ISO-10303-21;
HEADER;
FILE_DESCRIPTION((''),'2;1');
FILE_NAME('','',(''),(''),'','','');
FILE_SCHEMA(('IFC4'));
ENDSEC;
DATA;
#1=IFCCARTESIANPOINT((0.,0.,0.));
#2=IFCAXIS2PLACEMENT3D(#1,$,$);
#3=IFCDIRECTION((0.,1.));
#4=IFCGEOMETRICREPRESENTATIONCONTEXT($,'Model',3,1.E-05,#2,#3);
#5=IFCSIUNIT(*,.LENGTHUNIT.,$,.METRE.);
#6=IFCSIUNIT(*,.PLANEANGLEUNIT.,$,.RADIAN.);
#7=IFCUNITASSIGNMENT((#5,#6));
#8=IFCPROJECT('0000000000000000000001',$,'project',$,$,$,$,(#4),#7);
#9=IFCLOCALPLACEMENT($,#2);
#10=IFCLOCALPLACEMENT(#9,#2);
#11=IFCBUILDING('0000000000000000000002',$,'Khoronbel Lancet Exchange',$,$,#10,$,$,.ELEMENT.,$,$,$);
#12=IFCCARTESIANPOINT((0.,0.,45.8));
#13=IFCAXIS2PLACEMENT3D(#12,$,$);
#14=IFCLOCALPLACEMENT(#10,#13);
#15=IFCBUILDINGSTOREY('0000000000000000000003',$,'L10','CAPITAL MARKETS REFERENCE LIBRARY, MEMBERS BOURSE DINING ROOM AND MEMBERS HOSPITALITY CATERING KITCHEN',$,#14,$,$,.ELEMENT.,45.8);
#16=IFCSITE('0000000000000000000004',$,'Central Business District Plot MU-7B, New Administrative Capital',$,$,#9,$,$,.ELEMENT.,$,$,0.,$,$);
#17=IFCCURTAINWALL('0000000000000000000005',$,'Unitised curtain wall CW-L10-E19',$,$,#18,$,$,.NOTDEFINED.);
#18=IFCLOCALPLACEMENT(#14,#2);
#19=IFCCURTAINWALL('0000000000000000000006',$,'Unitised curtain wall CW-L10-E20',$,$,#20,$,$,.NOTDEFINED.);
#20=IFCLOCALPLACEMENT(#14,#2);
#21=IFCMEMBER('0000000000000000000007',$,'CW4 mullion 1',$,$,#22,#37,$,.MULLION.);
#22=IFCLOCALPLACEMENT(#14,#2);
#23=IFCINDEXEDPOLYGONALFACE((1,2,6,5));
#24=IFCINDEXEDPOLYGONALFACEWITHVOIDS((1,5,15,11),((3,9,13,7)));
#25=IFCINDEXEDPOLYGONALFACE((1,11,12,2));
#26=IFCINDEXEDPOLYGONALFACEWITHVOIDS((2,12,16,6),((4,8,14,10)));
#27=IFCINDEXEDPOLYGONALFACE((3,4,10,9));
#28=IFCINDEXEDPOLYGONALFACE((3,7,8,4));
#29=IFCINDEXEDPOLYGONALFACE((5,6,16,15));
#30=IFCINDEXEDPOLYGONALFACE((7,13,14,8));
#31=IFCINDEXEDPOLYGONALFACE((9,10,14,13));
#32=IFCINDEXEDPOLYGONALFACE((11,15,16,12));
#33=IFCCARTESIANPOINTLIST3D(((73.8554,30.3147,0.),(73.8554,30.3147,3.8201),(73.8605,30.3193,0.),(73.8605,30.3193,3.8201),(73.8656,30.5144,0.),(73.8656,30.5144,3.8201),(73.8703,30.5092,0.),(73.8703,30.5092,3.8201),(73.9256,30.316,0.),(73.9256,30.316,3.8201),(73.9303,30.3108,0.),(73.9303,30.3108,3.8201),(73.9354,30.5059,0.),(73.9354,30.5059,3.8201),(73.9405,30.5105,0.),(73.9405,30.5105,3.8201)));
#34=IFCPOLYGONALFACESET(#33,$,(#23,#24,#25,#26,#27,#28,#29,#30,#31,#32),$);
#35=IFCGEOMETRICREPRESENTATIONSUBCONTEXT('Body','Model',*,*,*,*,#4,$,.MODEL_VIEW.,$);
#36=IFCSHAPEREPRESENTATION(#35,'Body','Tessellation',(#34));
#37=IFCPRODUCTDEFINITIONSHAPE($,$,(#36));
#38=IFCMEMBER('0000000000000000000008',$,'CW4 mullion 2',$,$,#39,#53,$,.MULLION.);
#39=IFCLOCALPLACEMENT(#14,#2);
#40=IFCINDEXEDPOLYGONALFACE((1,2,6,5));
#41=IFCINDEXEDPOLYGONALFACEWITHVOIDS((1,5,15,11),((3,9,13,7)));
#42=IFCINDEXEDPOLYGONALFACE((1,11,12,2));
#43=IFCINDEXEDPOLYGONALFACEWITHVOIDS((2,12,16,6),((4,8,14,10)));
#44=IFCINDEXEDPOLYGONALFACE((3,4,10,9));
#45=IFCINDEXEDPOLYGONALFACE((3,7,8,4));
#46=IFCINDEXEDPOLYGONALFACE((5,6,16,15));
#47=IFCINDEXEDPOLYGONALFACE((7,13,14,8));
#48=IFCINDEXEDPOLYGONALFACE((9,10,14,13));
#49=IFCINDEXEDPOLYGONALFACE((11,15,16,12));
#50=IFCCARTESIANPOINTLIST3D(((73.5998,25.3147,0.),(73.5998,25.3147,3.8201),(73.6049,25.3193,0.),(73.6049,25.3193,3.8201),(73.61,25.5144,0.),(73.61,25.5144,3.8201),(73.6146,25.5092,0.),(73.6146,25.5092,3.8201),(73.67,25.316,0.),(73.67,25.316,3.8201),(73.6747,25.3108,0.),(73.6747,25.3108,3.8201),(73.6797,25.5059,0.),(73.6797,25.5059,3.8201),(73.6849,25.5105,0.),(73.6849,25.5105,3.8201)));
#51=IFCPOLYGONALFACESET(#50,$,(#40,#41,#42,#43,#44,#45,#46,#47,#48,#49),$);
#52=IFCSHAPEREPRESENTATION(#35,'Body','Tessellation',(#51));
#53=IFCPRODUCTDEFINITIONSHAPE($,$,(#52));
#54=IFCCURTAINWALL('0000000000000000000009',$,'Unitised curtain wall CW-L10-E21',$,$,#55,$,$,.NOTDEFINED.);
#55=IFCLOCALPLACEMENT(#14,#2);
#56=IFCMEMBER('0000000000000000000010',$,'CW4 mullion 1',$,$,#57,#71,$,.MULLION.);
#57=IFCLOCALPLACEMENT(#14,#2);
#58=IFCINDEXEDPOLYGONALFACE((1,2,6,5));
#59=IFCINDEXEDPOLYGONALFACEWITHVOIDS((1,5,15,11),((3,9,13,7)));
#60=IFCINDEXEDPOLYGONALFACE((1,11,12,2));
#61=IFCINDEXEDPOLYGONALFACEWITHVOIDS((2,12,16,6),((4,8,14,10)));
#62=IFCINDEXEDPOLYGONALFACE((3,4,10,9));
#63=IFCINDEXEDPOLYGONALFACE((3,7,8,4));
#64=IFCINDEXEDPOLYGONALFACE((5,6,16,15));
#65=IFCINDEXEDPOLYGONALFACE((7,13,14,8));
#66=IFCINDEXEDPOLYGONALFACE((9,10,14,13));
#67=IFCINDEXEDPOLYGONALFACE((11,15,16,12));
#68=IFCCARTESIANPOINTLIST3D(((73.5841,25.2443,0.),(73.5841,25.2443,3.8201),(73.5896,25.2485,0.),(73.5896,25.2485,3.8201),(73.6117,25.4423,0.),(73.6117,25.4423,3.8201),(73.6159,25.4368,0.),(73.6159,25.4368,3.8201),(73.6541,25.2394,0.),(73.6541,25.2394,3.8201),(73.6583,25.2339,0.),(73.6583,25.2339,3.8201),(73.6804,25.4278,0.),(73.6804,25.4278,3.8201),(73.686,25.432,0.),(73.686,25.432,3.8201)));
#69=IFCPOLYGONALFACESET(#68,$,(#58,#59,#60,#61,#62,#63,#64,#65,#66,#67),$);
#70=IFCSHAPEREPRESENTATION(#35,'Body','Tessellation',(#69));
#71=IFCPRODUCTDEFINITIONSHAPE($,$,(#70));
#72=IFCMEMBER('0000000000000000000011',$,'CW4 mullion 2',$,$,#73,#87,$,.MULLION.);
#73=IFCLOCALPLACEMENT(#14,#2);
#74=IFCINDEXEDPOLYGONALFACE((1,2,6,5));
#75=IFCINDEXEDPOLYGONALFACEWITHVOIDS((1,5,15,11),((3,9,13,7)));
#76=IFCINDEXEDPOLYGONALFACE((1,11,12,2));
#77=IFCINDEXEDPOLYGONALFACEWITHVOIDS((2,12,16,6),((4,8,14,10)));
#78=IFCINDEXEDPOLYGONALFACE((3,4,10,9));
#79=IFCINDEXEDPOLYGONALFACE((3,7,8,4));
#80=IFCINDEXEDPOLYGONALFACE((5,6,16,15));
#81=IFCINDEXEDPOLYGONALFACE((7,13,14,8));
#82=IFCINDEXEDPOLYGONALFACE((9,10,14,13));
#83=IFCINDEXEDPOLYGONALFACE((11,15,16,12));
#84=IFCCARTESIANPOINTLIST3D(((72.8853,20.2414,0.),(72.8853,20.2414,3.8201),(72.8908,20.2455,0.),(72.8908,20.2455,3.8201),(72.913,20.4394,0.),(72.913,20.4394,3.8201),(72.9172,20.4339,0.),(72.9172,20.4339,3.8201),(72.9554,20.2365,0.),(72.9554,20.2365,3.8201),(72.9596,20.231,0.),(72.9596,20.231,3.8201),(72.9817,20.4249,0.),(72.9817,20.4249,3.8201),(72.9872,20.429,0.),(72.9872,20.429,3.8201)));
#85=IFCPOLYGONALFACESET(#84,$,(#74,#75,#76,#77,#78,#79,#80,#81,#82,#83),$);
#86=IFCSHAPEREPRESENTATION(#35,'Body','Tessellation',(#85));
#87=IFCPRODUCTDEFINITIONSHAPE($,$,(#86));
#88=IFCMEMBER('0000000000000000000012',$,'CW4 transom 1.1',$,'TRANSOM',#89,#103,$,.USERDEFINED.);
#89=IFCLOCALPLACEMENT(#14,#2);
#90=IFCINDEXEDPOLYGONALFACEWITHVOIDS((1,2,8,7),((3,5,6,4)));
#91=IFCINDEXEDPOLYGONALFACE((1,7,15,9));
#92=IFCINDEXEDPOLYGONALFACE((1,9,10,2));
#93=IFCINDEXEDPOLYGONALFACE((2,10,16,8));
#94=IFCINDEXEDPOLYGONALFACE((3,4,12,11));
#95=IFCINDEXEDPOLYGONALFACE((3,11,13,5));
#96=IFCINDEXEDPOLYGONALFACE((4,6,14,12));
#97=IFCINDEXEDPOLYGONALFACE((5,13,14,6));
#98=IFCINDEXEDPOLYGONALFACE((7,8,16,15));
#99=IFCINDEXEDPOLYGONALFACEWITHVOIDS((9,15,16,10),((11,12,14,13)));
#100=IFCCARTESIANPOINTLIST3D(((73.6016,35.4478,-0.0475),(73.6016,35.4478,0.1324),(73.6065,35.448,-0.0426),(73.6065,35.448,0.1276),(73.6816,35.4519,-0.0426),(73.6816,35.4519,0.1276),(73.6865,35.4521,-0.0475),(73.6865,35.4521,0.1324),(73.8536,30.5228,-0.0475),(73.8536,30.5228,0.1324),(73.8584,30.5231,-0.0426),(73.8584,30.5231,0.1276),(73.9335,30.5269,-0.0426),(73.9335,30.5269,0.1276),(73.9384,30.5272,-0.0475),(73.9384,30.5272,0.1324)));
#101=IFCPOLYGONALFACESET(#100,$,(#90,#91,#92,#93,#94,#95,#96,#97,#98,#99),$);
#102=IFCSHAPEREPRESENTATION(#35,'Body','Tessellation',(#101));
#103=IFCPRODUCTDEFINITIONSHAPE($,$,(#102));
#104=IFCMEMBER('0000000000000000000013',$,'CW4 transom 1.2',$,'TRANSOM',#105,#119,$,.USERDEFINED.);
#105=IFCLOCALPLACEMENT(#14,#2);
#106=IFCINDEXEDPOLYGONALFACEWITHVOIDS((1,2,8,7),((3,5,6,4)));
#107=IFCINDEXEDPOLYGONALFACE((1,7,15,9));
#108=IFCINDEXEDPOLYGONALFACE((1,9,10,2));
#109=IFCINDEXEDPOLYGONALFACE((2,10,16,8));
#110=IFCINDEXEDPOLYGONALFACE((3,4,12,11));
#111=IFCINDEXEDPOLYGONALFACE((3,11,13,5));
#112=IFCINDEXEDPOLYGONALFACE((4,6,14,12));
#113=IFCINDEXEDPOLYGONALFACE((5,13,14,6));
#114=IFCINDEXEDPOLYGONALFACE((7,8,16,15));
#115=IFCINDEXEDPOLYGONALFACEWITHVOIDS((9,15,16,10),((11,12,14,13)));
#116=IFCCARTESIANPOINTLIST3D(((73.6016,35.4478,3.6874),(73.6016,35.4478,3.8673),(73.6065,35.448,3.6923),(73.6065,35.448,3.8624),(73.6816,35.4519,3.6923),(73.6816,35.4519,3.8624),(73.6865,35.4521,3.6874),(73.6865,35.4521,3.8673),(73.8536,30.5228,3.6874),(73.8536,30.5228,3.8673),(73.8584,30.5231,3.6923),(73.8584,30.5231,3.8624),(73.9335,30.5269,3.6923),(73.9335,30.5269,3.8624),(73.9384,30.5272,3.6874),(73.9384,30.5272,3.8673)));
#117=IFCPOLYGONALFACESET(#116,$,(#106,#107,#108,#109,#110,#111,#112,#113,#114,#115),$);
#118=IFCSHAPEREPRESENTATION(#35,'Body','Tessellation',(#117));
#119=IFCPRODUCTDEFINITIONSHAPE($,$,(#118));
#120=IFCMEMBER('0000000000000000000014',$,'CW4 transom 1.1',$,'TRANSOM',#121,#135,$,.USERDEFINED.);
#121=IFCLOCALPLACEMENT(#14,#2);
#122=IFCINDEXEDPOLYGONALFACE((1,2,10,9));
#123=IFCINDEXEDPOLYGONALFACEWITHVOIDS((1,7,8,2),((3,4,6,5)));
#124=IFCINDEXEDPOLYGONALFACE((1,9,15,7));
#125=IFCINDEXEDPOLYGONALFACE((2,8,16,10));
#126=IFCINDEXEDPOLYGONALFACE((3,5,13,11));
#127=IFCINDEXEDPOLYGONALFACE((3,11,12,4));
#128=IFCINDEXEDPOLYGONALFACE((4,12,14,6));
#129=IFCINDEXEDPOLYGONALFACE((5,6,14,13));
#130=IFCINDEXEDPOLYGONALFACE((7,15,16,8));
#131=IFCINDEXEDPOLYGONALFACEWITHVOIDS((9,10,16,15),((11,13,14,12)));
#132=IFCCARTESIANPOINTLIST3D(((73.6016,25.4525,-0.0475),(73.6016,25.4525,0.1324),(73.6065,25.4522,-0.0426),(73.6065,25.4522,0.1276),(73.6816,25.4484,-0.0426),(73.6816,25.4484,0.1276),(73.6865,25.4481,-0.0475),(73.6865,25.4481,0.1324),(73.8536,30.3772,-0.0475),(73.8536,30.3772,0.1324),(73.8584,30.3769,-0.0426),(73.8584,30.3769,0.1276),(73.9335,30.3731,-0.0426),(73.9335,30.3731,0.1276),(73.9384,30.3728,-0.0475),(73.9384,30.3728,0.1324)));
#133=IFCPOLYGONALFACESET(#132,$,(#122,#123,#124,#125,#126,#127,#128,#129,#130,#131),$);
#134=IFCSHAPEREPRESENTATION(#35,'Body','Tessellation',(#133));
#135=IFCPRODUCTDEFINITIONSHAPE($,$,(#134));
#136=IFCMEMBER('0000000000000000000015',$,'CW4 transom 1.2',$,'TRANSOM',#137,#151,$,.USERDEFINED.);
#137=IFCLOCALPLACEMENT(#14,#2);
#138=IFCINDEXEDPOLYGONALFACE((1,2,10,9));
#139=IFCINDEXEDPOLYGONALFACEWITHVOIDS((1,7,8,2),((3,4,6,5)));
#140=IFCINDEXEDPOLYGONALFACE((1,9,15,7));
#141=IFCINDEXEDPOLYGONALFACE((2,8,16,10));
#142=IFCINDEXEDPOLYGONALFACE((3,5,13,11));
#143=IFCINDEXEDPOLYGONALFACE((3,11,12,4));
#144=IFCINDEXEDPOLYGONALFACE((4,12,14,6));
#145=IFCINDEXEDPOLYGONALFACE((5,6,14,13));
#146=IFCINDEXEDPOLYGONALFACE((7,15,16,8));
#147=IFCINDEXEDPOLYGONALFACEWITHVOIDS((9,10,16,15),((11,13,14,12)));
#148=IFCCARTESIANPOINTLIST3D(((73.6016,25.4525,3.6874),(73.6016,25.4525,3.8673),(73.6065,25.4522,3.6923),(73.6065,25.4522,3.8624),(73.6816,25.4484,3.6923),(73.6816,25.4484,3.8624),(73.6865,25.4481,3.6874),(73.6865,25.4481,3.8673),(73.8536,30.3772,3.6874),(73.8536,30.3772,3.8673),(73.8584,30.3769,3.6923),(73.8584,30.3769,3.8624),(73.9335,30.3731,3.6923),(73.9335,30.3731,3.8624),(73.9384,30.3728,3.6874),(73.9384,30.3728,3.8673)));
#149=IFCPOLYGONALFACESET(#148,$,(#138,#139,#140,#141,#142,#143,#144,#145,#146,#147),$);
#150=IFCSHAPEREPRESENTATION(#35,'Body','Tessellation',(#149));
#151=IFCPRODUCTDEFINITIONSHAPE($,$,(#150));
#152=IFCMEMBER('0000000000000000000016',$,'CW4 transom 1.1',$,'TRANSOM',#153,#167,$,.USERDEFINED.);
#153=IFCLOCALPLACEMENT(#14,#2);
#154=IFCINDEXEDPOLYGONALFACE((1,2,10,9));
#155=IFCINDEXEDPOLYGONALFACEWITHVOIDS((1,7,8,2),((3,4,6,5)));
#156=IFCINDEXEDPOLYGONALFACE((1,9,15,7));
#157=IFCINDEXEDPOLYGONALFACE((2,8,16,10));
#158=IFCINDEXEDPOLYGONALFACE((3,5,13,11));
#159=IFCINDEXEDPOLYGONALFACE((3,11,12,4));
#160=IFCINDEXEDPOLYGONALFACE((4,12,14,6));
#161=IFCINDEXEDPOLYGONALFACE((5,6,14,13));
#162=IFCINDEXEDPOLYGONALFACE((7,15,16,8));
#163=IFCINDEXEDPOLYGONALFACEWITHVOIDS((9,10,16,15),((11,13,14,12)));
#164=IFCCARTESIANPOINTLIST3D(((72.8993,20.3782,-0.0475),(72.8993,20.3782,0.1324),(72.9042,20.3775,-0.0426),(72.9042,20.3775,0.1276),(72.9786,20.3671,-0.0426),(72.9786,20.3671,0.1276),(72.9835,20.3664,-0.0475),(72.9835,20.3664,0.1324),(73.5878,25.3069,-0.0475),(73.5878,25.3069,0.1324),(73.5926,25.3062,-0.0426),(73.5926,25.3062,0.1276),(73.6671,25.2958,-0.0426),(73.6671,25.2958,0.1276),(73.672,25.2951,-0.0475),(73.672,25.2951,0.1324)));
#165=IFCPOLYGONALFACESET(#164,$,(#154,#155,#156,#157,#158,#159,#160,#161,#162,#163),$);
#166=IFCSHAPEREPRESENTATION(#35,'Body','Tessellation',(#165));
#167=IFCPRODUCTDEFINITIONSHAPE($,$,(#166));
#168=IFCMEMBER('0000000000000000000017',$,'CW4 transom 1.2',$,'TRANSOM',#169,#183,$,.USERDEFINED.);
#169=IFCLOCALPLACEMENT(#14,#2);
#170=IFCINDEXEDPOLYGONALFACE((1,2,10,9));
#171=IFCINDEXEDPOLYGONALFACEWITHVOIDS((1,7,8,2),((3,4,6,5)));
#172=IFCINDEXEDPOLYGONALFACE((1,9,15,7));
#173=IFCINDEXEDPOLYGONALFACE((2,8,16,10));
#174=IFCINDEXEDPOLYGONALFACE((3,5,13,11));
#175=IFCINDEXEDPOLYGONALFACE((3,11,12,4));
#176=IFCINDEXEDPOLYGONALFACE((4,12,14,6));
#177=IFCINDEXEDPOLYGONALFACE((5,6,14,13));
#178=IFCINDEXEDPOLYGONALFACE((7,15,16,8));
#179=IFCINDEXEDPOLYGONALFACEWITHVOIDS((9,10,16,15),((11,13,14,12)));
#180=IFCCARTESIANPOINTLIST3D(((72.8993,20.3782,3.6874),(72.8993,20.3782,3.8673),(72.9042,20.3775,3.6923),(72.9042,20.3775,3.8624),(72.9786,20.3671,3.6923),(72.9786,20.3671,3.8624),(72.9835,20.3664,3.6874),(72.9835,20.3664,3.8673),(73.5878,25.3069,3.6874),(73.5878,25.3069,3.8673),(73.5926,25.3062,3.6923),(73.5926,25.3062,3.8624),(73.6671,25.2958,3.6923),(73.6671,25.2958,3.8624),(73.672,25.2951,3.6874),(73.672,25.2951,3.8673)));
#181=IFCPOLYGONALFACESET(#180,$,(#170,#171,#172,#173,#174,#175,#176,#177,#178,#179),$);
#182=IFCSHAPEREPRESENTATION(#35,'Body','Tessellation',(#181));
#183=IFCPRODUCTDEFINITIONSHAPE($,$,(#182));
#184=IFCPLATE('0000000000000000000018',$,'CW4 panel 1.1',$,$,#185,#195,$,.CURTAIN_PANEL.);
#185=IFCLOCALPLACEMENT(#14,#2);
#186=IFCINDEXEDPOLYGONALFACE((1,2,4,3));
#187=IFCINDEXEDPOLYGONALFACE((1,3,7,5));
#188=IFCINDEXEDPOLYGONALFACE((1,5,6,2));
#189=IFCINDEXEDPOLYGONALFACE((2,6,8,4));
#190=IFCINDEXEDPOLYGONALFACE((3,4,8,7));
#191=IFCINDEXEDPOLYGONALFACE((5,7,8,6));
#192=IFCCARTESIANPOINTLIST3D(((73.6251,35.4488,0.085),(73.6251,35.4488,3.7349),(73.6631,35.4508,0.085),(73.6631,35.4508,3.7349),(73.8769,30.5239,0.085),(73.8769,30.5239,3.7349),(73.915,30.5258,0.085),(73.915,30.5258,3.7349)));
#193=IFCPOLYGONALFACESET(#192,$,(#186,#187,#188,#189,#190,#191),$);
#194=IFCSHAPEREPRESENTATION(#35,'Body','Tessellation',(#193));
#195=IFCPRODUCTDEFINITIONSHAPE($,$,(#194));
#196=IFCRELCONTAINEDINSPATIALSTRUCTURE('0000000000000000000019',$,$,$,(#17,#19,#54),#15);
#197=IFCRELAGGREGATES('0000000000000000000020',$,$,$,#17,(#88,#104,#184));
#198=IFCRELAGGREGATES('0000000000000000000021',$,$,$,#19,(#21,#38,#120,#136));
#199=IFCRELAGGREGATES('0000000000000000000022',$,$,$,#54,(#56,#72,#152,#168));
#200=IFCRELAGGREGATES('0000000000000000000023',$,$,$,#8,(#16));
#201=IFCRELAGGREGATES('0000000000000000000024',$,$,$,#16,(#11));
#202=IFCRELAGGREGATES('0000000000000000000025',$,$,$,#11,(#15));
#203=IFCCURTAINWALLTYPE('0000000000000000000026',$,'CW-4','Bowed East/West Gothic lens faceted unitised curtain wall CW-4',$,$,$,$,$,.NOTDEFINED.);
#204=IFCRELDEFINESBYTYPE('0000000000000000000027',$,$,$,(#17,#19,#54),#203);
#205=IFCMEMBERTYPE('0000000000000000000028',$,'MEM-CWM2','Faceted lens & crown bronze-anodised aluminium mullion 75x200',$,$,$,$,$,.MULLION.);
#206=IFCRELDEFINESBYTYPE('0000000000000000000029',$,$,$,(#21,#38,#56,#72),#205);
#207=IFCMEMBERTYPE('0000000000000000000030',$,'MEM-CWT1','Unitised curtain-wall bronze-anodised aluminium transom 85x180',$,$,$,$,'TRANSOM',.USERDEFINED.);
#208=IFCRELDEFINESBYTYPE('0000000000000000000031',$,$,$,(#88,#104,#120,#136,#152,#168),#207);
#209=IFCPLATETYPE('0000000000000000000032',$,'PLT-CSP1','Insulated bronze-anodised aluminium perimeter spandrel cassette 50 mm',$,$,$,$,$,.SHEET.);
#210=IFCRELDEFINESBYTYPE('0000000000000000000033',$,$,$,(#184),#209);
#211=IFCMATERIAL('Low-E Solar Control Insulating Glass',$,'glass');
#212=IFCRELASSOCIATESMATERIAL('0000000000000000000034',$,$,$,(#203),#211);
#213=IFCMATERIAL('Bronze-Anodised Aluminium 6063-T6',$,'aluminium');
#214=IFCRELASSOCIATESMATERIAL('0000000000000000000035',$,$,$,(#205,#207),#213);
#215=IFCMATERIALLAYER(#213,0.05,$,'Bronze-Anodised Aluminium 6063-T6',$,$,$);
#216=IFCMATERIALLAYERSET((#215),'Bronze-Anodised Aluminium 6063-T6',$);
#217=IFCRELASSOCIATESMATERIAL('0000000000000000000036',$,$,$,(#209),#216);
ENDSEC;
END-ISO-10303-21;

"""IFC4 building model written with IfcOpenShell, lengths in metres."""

from ifc_helpers import new_model, si_unit, direction, frame, origin, origin_2d, place, context, subcontext, project, spatial, rectangle, hollow_rectangle, extrude, material, layer, layer_set, material_profile, profile_set, type_object, element, aggregate, save


model = new_model("IFC4")

# Units and contexts
model_context = context("Model", 3, precision=1e-05, world=origin(), true_north=direction((0.0, 1.0)))
body_context = subcontext(model_context, "Body", "Model", "MODEL_VIEW")
ifc_project = project(units=[si_unit("LENGTHUNIT", "METRE"), si_unit("PLANEANGLEUNIT", "RADIAN")], contexts=[model_context])

# Site, building, storey
site_placement = place(None, origin())
site = spatial("IfcSite", under=ifc_project, at=site_placement, Name="Central Business District Plot MU-7B, New Administrative Capital", CompositionType="ELEMENT", RefElevation=0.0)
building_placement = place(site_placement, origin())
building = spatial("IfcBuilding", under=site, at=building_placement, Name="Khoronbel Lancet Exchange", CompositionType="ELEMENT")
storey_placement = place(building_placement, frame((0.0, 0.0, 45.8)))
storey = spatial("IfcBuildingStorey", under=building, at=storey_placement, Name="L10", Description="CAPITAL MARKETS REFERENCE LIBRARY, MEMBERS BOURSE DINING ROOM AND MEMBERS HOSPITALITY CATERING KITCHEN", CompositionType="ELEMENT", Elevation=45.8)

# Shared definitions
ifc_material_1 = material(Name="Low-E Solar Control Insulating Glass", Category="glass")
curtain_wall_type = type_object("IfcCurtainWallType", Name="CW-4", Description="Bowed East/West Gothic lens faceted unitised curtain wall CW-4", PredefinedType="NOTDEFINED", material=ifc_material_1)
ifc_material_2 = material(Name="Bronze-Anodised Aluminium 6063-T6", Category="aluminium")
ifc_material_profile_1 = material_profile(ifc_material_2, hollow_rectangle(XDim=0.075, YDim=0.2, WallThickness=0.0049, at=origin_2d()), Name="ALU MULLION 75x200")
ifc_profile_set_1 = profile_set([ifc_material_profile_1], Name="Bronze-Anodised Aluminium 6063-T6")
member_type_1 = type_object("IfcMemberType", Name="MEM-CWM2", Description="Faceted lens & crown bronze-anodised aluminium mullion 75x200", PredefinedType="MULLION", material=ifc_profile_set_1)

# Curtain walls, members
curtain_wall_1_placement = place(storey_placement, origin())
curtain_wall_1 = element("IfcCurtainWall", 1, at=curtain_wall_1_placement, inside=storey, type_object=curtain_wall_type, Name="Unitised curtain wall CW-L10-E19", PredefinedType="NOTDEFINED")
curtain_wall_2_placement = place(storey_placement, origin())
curtain_wall_2 = element("IfcCurtainWall", 2, at=curtain_wall_2_placement, inside=storey, type_object=curtain_wall_type, Name="Unitised curtain wall CW-L10-E20", PredefinedType="NOTDEFINED")
member_1_placement = place(storey_placement, frame((73.8979, 30.4126, 0.0), z_axis=(0.0, 0.0, 1.0), x_axis=(0.998695, -0.051068, 0.0)))
member_1 = element("IfcMember", 3, at=member_1_placement, type_object=member_type_1, Name="CW4 mullion 1", PredefinedType="MULLION", context=body_context, shape_type="SweptSolid", body=[
    extrude(hollow_rectangle(XDim=0.075, YDim=0.2, WallThickness=0.0049, at=origin_2d()), origin(), (0.0, 0.0, 1.0), 3.8201),
])
member_2_placement = place(storey_placement, frame((73.6423, 25.4126, 0.0), z_axis=(0.0, 0.0, 1.0), x_axis=(0.998695, -0.051068, 0.0)))
member_2 = element("IfcMember", 4, at=member_2_placement, type_object=member_type_1, Name="CW4 mullion 2", PredefinedType="MULLION", context=body_context, shape_type="SweptSolid", body=[
    extrude(hollow_rectangle(XDim=0.075, YDim=0.2, WallThickness=0.0049, at=origin_2d()), origin(), (0.0, 0.0, 1.0), 3.8201),
])
curtain_wall_3_placement = place(storey_placement, origin())
curtain_wall_3 = element("IfcCurtainWall", 5, at=curtain_wall_3_placement, inside=storey, type_object=curtain_wall_type, Name="Unitised curtain wall CW-L10-E21", PredefinedType="NOTDEFINED")
member_3_placement = place(storey_placement, frame((73.635, 25.3381, 0.0), z_axis=(0.0, 0.0, 1.0), x_axis=(0.990385, -0.13834, 0.0)))
member_3 = element("IfcMember", 6, at=member_3_placement, type_object=member_type_1, Name="CW4 mullion 1", PredefinedType="MULLION", context=body_context, shape_type="SweptSolid", body=[
    extrude(hollow_rectangle(XDim=0.075, YDim=0.2, WallThickness=0.0049, at=origin_2d()), origin(), (0.0, 0.0, 1.0), 3.8201),
])
member_4_placement = place(storey_placement, frame((72.9363, 20.3352, 0.0), z_axis=(0.0, 0.0, 1.0), x_axis=(0.990385, -0.13834, 0.0)))
member_4 = element("IfcMember", 7, at=member_4_placement, type_object=member_type_1, Name="CW4 mullion 2", PredefinedType="MULLION", context=body_context, shape_type="SweptSolid", body=[
    extrude(hollow_rectangle(XDim=0.075, YDim=0.2, WallThickness=0.0049, at=origin_2d()), origin(), (0.0, 0.0, 1.0), 3.8201),
])

# Members
ifc_material_profile_2 = material_profile(ifc_material_2, hollow_rectangle(XDim=0.085, YDim=0.1799, WallThickness=0.0049, at=origin_2d()), Name="ALU TRANSOM 85x180")
ifc_profile_set_2 = profile_set([ifc_material_profile_2], Name="Bronze-Anodised Aluminium 6063-T6")
member_type_2 = type_object("IfcMemberType", Name="MEM-CWT1", Description="Unitised curtain-wall bronze-anodised aluminium transom 85x180", ElementType="TRANSOM", PredefinedType="USERDEFINED", material=ifc_profile_set_2)
member_5_placement = place(storey_placement, frame((73.644, 35.45, 0.0425), z_axis=(0.051091, -0.998694, 0.0), x_axis=(0.998694, 0.051091, 0.0)))
member_5 = element("IfcMember", 8, at=member_5_placement, type_object=member_type_2, Name="CW4 transom 1.1", ObjectType="TRANSOM", PredefinedType="USERDEFINED", context=body_context, shape_type="SweptSolid", body=[
    extrude(hollow_rectangle(XDim=0.085, YDim=0.1799, WallThickness=0.0049, at=origin_2d()), origin(), (0.0, 0.0, 1.0), 4.9314),
])
member_6_placement = place(storey_placement, frame((73.644, 35.45, 3.7773), z_axis=(0.051091, -0.998694, 0.0), x_axis=(0.998694, 0.051091, 0.0)))
member_6 = element("IfcMember", 9, at=member_6_placement, type_object=member_type_2, Name="CW4 transom 1.2", ObjectType="TRANSOM", PredefinedType="USERDEFINED", context=body_context, shape_type="SweptSolid", body=[
    extrude(hollow_rectangle(XDim=0.085, YDim=0.1799, WallThickness=0.0049, at=origin_2d()), origin(), (0.0, 0.0, 1.0), 4.9314),
])
member_7_placement = place(storey_placement, frame((73.896, 30.375, 0.0425), z_axis=(-0.051093, -0.998694, 0.0), x_axis=(0.998694, -0.051093, 0.0)))
member_7 = element("IfcMember", 10, at=member_7_placement, type_object=member_type_2, Name="CW4 transom 1.1", ObjectType="TRANSOM", PredefinedType="USERDEFINED", context=body_context, shape_type="SweptSolid", body=[
    extrude(hollow_rectangle(XDim=0.085, YDim=0.1799, WallThickness=0.0049, at=origin_2d()), origin(), (0.0, 0.0, 1.0), 4.9312),
])
member_8_placement = place(storey_placement, frame((73.896, 30.375, 3.7773), z_axis=(-0.051093, -0.998694, 0.0), x_axis=(0.998694, -0.051093, 0.0)))
member_8 = element("IfcMember", 11, at=member_8_placement, type_object=member_type_2, Name="CW4 transom 1.2", ObjectType="TRANSOM", PredefinedType="USERDEFINED", context=body_context, shape_type="SweptSolid", body=[
    extrude(hollow_rectangle(XDim=0.085, YDim=0.1799, WallThickness=0.0049, at=origin_2d()), origin(), (0.0, 0.0, 1.0), 4.9312),
])
member_9_placement = place(storey_placement, frame((73.6299, 25.301, 0.0425), z_axis=(-0.138344, -0.990384, 0.0), x_axis=(0.990384, -0.138344, 0.0)))
member_9 = element("IfcMember", 12, at=member_9_placement, type_object=member_type_2, Name="CW4 transom 1.1", ObjectType="TRANSOM", PredefinedType="USERDEFINED", context=body_context, shape_type="SweptSolid", body=[
    extrude(hollow_rectangle(XDim=0.085, YDim=0.1799, WallThickness=0.0049, at=origin_2d()), origin(), (0.0, 0.0, 1.0), 4.9766),
])
member_10_placement = place(storey_placement, frame((73.6299, 25.301, 3.7773), z_axis=(-0.138344, -0.990384, 0.0), x_axis=(0.990384, -0.138344, 0.0)))
member_10 = element("IfcMember", 13, at=member_10_placement, type_object=member_type_2, Name="CW4 transom 1.2", ObjectType="TRANSOM", PredefinedType="USERDEFINED", context=body_context, shape_type="SweptSolid", body=[
    extrude(hollow_rectangle(XDim=0.085, YDim=0.1799, WallThickness=0.0049, at=origin_2d()), origin(), (0.0, 0.0, 1.0), 4.9766),
])

# Plate
ifc_layer_1 = layer(ifc_material_2, 0.05, Name="Bronze-Anodised Aluminium 6063-T6")
ifc_layer_set_1 = layer_set([ifc_layer_1], Name="Bronze-Anodised Aluminium 6063-T6")
plate_type_1 = type_object("IfcPlateType", Name="PLT-CSP1", Description="Insulated bronze-anodised aluminium perimeter spandrel cassette 50 mm", PredefinedType="SHEET", material=ifc_layer_set_1)
plate_1_placement = place(storey_placement, frame((73.77, 32.9873, 0.085), z_axis=(0.0, 0.0, 1.0), x_axis=(0.051068, -0.998695, 0.0)))
plate_1 = element("IfcPlate", 14, at=plate_1_placement, type_object=plate_type_1, Name="CW4 panel 1.1", PredefinedType="CURTAIN_PANEL", context=body_context, shape_type="SweptSolid", body=[
    extrude(rectangle(XDim=4.9314, YDim=0.0381, at=origin_2d()), origin(), (0.0, 0.0, 1.0), 3.6499),
])
aggregate(curtain_wall_1, [member_5, member_6, plate_1])
aggregate(curtain_wall_2, [member_1, member_2, member_7, member_8])
aggregate(curtain_wall_3, [member_3, member_4, member_9, member_10])

save(model, "model.ifc")
